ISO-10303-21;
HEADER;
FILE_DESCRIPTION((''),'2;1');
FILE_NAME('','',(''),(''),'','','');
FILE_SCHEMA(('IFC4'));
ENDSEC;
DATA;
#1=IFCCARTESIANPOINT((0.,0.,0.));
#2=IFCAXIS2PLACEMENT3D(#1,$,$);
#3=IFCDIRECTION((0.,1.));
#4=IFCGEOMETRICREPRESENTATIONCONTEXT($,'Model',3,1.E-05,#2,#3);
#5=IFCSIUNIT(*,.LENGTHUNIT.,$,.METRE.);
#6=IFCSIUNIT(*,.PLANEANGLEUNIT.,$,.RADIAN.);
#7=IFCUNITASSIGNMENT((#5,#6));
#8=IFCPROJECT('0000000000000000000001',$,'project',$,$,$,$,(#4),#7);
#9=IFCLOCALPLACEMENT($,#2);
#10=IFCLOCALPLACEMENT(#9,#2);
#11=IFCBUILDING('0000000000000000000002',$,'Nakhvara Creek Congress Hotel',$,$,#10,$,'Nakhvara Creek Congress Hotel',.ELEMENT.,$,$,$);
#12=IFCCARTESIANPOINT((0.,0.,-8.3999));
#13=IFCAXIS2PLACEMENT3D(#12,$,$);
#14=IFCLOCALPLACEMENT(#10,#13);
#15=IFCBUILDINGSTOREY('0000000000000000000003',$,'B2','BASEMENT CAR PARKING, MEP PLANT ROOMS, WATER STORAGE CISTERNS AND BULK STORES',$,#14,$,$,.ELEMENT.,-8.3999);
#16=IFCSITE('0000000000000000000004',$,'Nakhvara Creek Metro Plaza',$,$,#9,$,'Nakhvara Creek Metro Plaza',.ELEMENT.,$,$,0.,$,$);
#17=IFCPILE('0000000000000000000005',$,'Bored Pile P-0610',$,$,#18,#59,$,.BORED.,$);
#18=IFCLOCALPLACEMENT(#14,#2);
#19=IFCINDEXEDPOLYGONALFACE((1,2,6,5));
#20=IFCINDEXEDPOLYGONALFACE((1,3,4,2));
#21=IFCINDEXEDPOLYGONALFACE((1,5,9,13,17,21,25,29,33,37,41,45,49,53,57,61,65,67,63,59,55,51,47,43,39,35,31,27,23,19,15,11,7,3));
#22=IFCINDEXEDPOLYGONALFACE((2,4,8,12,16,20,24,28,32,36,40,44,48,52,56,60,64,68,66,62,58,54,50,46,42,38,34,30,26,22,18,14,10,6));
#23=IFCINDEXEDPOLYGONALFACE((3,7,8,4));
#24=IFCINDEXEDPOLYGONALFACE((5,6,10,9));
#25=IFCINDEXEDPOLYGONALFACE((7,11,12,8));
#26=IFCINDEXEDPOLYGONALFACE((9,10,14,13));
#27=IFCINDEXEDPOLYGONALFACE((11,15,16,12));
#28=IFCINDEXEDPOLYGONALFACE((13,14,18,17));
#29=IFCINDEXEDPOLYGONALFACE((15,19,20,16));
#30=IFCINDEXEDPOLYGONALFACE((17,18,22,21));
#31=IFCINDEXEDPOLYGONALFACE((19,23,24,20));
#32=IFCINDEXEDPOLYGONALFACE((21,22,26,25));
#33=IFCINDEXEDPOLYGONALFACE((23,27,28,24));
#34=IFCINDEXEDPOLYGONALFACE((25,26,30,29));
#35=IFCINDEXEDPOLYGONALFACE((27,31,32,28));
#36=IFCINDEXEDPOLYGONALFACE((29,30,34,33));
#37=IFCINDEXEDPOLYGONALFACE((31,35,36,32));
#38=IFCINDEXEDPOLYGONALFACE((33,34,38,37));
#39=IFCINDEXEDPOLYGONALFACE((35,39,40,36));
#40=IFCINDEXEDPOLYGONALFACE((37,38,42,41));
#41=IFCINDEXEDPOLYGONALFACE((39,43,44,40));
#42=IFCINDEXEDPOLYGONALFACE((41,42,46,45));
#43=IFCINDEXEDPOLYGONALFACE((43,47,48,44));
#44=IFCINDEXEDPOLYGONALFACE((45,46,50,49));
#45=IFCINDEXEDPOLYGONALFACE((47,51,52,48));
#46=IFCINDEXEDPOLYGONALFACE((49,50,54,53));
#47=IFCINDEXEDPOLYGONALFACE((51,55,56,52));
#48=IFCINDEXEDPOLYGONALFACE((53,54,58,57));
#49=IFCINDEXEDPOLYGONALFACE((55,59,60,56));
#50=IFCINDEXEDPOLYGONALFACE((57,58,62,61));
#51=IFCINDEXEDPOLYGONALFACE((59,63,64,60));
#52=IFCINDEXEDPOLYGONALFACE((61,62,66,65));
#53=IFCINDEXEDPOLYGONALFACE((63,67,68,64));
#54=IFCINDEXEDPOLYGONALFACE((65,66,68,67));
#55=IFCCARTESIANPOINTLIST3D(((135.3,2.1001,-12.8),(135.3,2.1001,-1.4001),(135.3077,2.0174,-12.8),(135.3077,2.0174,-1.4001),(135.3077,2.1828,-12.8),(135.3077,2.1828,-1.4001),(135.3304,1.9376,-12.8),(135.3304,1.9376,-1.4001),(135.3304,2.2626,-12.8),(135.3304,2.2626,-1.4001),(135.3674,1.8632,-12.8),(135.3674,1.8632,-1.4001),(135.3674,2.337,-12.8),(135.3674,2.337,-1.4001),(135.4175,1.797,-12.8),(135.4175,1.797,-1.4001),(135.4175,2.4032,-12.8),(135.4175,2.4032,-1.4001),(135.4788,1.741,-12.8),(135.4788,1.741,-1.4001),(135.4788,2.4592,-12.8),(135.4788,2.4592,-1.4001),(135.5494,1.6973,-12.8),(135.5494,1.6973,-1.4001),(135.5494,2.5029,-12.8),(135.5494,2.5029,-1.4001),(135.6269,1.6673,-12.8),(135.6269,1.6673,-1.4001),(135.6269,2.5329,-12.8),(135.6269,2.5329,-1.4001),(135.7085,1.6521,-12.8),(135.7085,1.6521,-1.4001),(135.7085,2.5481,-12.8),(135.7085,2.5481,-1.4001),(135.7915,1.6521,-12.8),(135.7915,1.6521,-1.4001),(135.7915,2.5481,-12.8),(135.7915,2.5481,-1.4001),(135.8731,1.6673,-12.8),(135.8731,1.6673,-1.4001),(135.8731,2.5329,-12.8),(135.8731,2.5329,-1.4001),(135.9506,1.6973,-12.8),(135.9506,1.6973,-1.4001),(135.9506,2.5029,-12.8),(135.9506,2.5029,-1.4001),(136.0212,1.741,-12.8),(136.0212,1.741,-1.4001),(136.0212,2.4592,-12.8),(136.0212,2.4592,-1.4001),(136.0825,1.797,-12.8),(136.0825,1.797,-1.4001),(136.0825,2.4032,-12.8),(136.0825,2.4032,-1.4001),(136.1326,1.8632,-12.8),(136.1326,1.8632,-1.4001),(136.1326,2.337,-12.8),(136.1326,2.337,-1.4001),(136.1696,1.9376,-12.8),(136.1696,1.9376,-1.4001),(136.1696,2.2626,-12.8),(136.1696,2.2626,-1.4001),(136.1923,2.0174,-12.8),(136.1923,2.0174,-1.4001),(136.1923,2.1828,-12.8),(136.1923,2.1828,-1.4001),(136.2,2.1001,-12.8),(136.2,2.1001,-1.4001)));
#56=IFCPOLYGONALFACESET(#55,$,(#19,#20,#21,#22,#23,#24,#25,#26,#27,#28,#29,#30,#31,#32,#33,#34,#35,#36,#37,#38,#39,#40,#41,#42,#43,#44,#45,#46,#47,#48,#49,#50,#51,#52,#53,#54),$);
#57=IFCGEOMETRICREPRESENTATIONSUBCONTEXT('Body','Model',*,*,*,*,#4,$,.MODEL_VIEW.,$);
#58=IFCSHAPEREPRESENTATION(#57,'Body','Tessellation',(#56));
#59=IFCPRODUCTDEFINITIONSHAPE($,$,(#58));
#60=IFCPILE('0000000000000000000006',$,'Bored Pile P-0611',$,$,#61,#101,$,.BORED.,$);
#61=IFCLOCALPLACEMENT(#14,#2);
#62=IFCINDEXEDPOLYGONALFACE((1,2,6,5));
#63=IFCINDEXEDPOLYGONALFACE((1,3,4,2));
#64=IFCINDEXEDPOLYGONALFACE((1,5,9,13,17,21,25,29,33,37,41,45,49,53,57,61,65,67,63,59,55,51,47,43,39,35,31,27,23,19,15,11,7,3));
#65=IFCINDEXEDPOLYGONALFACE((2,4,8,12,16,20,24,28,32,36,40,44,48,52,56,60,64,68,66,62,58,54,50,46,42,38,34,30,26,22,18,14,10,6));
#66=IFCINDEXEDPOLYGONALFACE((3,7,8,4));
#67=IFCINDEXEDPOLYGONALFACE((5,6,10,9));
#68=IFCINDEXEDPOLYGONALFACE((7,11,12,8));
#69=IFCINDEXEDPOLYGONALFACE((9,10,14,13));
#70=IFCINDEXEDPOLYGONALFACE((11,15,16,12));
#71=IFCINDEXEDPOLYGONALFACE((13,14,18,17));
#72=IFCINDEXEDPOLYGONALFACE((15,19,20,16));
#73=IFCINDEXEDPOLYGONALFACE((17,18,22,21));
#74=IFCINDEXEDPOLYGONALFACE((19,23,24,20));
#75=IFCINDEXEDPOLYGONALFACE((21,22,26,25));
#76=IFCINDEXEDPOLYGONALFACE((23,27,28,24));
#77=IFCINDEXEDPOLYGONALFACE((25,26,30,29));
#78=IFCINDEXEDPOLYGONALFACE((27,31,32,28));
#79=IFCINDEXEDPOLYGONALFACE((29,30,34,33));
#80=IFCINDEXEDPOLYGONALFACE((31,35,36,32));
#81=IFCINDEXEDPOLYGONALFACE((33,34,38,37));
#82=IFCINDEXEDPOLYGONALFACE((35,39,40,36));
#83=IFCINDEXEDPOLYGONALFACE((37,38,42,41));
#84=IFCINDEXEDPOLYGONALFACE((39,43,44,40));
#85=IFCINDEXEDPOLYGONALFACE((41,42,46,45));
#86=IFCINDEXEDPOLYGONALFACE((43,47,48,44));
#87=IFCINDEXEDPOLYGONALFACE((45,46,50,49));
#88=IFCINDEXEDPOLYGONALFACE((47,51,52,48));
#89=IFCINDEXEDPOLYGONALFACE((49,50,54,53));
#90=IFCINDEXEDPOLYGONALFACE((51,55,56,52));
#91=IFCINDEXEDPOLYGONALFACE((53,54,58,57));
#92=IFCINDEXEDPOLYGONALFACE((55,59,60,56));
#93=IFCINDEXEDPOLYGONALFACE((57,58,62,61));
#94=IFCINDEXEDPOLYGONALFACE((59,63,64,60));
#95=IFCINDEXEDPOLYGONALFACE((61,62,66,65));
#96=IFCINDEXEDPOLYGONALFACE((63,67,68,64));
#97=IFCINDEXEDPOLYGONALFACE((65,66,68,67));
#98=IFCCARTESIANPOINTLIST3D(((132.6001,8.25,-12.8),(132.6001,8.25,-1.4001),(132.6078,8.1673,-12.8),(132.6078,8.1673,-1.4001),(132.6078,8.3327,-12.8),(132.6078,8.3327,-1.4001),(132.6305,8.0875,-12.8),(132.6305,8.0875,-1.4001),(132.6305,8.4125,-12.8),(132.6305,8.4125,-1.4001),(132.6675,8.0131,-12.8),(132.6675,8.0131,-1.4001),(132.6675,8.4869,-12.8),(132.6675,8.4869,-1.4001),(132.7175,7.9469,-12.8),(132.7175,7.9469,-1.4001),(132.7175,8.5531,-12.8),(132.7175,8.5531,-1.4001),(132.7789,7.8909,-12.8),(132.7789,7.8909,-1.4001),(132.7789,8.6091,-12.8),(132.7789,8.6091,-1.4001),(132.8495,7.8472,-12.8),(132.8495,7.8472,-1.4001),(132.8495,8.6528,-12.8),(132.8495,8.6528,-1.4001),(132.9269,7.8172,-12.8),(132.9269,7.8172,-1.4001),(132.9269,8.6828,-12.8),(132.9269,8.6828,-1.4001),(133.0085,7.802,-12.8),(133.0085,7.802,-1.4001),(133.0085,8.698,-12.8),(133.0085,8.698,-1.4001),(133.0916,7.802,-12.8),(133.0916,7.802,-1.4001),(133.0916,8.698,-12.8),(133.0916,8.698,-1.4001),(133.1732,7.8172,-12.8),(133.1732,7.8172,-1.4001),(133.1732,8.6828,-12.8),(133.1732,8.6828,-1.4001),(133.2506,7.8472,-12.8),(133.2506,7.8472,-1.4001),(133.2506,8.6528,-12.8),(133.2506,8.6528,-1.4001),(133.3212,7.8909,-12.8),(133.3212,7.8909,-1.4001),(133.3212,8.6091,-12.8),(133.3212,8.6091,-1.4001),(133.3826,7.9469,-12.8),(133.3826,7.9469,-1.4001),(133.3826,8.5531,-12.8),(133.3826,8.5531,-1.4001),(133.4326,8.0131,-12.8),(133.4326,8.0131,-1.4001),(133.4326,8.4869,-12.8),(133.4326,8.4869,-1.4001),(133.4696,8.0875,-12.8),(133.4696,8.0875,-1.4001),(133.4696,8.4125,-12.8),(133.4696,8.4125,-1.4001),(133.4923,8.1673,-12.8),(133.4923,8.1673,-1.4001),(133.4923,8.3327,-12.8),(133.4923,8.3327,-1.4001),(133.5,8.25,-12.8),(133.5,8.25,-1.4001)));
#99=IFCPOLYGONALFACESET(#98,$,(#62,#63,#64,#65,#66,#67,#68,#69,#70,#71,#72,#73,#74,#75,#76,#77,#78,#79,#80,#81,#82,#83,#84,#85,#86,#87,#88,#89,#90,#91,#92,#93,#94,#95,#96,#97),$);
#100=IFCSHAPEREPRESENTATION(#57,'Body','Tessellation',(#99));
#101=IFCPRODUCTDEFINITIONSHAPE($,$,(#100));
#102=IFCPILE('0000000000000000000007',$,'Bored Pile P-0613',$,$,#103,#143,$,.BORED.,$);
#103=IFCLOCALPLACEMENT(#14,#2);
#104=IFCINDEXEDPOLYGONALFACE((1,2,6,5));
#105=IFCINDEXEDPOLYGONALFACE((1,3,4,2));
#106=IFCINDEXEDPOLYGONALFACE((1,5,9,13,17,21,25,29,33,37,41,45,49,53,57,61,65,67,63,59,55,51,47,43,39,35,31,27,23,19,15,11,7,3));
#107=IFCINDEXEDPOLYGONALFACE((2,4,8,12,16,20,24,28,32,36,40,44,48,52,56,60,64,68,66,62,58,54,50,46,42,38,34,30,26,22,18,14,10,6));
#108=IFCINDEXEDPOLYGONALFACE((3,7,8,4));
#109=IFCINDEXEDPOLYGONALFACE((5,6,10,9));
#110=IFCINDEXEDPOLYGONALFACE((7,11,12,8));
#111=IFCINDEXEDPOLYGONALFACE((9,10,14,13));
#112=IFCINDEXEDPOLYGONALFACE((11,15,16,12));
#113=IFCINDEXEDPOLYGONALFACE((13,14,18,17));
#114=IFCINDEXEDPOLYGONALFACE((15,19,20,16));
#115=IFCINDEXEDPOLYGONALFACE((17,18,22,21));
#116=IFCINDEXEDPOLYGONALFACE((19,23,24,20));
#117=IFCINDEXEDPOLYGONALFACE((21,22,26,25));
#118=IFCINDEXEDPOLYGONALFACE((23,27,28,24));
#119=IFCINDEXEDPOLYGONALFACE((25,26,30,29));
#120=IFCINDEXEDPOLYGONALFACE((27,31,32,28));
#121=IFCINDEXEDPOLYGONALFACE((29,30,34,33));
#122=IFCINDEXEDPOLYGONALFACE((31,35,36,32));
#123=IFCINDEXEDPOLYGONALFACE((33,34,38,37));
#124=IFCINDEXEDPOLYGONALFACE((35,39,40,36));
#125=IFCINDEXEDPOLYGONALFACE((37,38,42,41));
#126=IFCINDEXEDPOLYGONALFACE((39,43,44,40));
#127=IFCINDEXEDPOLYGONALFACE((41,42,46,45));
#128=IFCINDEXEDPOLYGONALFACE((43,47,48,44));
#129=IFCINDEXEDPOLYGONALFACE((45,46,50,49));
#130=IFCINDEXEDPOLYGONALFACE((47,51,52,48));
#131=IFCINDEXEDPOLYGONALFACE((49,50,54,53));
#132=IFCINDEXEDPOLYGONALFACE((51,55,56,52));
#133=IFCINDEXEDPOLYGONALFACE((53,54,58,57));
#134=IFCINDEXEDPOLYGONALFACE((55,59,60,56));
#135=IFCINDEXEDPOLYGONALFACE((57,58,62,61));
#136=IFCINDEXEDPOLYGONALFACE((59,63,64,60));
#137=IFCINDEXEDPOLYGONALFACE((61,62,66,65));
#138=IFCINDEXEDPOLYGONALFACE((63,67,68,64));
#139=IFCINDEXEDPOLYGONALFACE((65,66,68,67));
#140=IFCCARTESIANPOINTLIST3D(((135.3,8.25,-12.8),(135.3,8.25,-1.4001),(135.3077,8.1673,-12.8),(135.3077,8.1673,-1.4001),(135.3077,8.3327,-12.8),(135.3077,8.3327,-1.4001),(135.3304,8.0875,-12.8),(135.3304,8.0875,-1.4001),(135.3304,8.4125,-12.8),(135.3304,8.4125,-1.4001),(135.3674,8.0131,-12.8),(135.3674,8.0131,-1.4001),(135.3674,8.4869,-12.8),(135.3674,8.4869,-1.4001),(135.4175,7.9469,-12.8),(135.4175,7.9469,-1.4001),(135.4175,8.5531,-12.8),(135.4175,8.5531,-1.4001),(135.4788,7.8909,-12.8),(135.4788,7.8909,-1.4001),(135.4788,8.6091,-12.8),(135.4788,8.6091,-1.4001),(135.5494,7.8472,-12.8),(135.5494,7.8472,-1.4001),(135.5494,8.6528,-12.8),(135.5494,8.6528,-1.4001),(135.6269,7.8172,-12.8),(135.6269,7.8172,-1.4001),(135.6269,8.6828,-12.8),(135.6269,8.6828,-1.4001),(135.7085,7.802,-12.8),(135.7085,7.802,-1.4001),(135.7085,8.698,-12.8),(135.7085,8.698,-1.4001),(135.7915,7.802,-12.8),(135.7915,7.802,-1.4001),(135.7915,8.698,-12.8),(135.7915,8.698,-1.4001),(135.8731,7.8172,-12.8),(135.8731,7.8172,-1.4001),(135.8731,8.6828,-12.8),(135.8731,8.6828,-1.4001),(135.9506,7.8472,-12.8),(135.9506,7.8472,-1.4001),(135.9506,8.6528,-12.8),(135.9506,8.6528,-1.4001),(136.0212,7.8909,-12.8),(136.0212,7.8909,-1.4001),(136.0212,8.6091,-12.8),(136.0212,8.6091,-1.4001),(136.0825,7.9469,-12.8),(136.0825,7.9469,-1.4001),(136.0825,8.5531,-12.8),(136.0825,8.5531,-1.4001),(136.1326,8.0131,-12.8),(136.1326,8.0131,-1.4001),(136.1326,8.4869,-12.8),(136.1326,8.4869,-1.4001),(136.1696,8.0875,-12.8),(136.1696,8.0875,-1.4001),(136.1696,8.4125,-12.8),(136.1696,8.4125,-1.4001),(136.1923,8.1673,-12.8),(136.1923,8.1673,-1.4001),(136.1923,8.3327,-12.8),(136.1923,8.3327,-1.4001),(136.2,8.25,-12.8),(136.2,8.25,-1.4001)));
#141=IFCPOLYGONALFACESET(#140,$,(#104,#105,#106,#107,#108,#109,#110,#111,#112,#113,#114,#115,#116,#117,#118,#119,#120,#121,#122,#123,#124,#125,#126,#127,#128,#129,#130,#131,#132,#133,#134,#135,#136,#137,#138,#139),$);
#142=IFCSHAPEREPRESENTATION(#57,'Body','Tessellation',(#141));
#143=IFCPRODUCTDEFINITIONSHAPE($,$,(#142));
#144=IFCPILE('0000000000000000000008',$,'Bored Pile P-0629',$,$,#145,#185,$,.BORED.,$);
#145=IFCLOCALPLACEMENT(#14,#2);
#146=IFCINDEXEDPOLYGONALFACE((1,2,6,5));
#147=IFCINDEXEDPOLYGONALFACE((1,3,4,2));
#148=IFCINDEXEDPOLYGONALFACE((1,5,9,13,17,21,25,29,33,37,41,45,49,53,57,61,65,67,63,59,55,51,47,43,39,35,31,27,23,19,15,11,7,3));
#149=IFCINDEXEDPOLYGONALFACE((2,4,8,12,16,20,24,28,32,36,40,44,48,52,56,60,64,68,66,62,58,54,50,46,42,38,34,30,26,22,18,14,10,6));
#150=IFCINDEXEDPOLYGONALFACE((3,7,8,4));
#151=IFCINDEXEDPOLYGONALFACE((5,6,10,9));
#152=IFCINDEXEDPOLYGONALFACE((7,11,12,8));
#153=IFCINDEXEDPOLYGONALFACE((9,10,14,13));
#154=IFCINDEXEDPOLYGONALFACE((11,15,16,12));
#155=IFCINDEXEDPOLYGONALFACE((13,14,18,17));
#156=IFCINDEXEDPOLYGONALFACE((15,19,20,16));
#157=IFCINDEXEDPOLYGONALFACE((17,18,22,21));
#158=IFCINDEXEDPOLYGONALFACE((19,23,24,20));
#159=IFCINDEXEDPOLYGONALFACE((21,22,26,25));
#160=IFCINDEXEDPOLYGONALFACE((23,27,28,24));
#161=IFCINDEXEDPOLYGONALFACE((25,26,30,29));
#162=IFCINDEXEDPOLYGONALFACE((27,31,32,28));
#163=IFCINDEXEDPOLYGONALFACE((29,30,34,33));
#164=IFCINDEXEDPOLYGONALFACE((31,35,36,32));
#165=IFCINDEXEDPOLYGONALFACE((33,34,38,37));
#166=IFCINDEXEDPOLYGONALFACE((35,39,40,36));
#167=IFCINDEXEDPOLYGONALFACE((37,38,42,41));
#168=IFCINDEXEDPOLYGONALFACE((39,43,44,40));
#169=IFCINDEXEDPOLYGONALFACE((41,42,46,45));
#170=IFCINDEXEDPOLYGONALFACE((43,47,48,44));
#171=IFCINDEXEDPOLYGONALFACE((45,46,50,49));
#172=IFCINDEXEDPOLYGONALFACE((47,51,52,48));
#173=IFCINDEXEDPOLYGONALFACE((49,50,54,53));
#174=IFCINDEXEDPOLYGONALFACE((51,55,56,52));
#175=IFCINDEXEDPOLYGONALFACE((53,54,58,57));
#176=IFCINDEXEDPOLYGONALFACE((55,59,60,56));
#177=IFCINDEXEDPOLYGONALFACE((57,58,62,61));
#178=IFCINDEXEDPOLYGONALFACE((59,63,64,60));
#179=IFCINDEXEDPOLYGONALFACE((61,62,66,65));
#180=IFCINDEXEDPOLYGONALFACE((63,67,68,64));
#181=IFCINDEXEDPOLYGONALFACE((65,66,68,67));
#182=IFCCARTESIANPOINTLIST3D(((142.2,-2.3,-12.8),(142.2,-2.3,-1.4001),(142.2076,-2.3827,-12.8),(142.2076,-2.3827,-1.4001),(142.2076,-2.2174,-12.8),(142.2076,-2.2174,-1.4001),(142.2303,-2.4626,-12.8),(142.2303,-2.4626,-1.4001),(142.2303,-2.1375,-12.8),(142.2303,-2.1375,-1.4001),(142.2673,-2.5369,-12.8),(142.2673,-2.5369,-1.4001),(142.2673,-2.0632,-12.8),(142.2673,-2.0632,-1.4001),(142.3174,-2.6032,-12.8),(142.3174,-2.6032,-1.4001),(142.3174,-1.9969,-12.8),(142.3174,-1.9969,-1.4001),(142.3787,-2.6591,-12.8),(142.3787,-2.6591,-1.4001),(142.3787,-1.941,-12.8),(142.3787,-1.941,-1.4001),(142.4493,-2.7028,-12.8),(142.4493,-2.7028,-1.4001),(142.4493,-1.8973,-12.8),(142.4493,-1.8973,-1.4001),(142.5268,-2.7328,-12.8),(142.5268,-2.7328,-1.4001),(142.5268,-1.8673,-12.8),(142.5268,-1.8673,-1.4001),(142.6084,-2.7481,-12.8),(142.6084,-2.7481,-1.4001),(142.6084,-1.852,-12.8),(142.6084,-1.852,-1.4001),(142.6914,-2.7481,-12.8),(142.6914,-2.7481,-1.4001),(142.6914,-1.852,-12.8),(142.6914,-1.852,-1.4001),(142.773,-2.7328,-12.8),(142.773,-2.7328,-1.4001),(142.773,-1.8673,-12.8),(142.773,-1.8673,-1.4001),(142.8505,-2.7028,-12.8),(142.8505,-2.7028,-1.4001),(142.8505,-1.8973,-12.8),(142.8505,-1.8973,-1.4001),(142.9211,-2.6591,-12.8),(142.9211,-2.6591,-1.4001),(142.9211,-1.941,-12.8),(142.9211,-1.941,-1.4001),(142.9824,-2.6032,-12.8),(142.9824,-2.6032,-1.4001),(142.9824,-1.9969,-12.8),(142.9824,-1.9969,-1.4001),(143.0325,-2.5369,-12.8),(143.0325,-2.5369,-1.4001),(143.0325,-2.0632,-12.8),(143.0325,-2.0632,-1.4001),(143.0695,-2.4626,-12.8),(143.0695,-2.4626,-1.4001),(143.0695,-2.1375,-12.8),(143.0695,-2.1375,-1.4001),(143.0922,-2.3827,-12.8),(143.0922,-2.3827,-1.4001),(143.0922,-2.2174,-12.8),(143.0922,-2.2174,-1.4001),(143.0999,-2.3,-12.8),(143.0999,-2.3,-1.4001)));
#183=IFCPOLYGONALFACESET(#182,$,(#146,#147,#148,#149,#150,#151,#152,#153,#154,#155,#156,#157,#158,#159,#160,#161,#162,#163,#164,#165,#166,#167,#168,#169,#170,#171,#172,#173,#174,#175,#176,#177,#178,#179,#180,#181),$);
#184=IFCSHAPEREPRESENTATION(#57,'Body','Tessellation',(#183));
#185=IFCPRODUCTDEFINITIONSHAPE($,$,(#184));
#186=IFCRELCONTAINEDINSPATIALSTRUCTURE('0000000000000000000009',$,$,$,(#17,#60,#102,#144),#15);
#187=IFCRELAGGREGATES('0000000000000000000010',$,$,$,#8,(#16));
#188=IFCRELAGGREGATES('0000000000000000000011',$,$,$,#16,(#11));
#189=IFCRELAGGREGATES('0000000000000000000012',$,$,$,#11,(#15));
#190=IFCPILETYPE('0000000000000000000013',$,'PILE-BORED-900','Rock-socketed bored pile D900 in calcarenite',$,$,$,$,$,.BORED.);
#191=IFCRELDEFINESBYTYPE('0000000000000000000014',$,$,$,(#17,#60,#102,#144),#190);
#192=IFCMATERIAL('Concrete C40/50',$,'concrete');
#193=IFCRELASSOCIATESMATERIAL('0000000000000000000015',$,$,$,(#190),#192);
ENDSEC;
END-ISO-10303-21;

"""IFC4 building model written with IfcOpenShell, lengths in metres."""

from ifc_helpers import new_model, si_unit, direction, frame, origin, origin_2d, place, context, subcontext, project, spatial, circle, extrude, material, material_profile, profile_set, type_object, element, save


model = new_model("IFC4")

# Units and contexts
model_context = context("Model", 3, precision=1e-05, world=origin(), true_north=direction((0.0, 1.0)))
body_context = subcontext(model_context, "Body", "Model", "MODEL_VIEW")
ifc_project = project(units=[si_unit("LENGTHUNIT", "METRE"), si_unit("PLANEANGLEUNIT", "RADIAN")], contexts=[model_context])

# Site, building, storey
site_placement = place(None, origin())
site = spatial("IfcSite", under=ifc_project, at=site_placement, Name="Nakhvara Creek Metro Plaza", LongName="Nakhvara Creek Metro Plaza", CompositionType="ELEMENT", RefElevation=0.0)
building_placement = place(site_placement, origin())
building = spatial("IfcBuilding", under=site, at=building_placement, Name="Nakhvara Creek Congress Hotel", LongName="Nakhvara Creek Congress Hotel", CompositionType="ELEMENT")
storey_placement = place(building_placement, frame((0.0, 0.0, -8.3999)))
storey = spatial("IfcBuildingStorey", under=building, at=storey_placement, Name="B2", Description="BASEMENT CAR PARKING, MEP PLANT ROOMS, WATER STORAGE CISTERNS AND BULK STORES", CompositionType="ELEMENT", Elevation=-8.3999)

# Shared definitions
ifc_material_1 = material(Name="Concrete C40/50", Category="concrete")

# Piles
ifc_material_profile_1 = material_profile(ifc_material_1, circle(Radius=0.45, at=origin_2d()), Name="BORED PILE D900", Category="LoadBearing")
ifc_profile_set_1 = profile_set([ifc_material_profile_1], Name="Concrete C40/50")
pile_type = type_object("IfcPileType", Name="PILE-BORED-900", Description="Rock-socketed bored pile D900 in calcarenite", PredefinedType="BORED", material=ifc_profile_set_1)
for number, where, z_axis, x_axis, name in (
    (1, (135.75, 2.1001, -1.4001), (0.0, 0.0, -1.0), (1.0, 0.0, 0.0), "Bored Pile P-0610"),
    (2, (133.05, 8.25, -1.4001), (0.0, 0.0, -1.0), (1.0, 0.0, 0.0), "Bored Pile P-0611"),
    (3, (135.75, 8.25, -1.4001), (0.0, 0.0, -1.0), (1.0, 0.0, 0.0), "Bored Pile P-0613"),
    (4, (142.6499, -2.3, -1.4001), (0.0, 0.0, -1.0), (1.0, 0.0, 0.0), "Bored Pile P-0629"),
):
    element("IfcPile", number, at=place(storey_placement, frame(where, z_axis=z_axis, x_axis=x_axis)), inside=storey, type_object=pile_type, Name=name, PredefinedType="BORED", context=body_context, shape_type="SweptSolid", body=[
        extrude(circle(Radius=0.45, at=origin_2d()), origin(), (0.0, 0.0, 1.0), 11.3999),
    ])

save(model, "model.ifc")
